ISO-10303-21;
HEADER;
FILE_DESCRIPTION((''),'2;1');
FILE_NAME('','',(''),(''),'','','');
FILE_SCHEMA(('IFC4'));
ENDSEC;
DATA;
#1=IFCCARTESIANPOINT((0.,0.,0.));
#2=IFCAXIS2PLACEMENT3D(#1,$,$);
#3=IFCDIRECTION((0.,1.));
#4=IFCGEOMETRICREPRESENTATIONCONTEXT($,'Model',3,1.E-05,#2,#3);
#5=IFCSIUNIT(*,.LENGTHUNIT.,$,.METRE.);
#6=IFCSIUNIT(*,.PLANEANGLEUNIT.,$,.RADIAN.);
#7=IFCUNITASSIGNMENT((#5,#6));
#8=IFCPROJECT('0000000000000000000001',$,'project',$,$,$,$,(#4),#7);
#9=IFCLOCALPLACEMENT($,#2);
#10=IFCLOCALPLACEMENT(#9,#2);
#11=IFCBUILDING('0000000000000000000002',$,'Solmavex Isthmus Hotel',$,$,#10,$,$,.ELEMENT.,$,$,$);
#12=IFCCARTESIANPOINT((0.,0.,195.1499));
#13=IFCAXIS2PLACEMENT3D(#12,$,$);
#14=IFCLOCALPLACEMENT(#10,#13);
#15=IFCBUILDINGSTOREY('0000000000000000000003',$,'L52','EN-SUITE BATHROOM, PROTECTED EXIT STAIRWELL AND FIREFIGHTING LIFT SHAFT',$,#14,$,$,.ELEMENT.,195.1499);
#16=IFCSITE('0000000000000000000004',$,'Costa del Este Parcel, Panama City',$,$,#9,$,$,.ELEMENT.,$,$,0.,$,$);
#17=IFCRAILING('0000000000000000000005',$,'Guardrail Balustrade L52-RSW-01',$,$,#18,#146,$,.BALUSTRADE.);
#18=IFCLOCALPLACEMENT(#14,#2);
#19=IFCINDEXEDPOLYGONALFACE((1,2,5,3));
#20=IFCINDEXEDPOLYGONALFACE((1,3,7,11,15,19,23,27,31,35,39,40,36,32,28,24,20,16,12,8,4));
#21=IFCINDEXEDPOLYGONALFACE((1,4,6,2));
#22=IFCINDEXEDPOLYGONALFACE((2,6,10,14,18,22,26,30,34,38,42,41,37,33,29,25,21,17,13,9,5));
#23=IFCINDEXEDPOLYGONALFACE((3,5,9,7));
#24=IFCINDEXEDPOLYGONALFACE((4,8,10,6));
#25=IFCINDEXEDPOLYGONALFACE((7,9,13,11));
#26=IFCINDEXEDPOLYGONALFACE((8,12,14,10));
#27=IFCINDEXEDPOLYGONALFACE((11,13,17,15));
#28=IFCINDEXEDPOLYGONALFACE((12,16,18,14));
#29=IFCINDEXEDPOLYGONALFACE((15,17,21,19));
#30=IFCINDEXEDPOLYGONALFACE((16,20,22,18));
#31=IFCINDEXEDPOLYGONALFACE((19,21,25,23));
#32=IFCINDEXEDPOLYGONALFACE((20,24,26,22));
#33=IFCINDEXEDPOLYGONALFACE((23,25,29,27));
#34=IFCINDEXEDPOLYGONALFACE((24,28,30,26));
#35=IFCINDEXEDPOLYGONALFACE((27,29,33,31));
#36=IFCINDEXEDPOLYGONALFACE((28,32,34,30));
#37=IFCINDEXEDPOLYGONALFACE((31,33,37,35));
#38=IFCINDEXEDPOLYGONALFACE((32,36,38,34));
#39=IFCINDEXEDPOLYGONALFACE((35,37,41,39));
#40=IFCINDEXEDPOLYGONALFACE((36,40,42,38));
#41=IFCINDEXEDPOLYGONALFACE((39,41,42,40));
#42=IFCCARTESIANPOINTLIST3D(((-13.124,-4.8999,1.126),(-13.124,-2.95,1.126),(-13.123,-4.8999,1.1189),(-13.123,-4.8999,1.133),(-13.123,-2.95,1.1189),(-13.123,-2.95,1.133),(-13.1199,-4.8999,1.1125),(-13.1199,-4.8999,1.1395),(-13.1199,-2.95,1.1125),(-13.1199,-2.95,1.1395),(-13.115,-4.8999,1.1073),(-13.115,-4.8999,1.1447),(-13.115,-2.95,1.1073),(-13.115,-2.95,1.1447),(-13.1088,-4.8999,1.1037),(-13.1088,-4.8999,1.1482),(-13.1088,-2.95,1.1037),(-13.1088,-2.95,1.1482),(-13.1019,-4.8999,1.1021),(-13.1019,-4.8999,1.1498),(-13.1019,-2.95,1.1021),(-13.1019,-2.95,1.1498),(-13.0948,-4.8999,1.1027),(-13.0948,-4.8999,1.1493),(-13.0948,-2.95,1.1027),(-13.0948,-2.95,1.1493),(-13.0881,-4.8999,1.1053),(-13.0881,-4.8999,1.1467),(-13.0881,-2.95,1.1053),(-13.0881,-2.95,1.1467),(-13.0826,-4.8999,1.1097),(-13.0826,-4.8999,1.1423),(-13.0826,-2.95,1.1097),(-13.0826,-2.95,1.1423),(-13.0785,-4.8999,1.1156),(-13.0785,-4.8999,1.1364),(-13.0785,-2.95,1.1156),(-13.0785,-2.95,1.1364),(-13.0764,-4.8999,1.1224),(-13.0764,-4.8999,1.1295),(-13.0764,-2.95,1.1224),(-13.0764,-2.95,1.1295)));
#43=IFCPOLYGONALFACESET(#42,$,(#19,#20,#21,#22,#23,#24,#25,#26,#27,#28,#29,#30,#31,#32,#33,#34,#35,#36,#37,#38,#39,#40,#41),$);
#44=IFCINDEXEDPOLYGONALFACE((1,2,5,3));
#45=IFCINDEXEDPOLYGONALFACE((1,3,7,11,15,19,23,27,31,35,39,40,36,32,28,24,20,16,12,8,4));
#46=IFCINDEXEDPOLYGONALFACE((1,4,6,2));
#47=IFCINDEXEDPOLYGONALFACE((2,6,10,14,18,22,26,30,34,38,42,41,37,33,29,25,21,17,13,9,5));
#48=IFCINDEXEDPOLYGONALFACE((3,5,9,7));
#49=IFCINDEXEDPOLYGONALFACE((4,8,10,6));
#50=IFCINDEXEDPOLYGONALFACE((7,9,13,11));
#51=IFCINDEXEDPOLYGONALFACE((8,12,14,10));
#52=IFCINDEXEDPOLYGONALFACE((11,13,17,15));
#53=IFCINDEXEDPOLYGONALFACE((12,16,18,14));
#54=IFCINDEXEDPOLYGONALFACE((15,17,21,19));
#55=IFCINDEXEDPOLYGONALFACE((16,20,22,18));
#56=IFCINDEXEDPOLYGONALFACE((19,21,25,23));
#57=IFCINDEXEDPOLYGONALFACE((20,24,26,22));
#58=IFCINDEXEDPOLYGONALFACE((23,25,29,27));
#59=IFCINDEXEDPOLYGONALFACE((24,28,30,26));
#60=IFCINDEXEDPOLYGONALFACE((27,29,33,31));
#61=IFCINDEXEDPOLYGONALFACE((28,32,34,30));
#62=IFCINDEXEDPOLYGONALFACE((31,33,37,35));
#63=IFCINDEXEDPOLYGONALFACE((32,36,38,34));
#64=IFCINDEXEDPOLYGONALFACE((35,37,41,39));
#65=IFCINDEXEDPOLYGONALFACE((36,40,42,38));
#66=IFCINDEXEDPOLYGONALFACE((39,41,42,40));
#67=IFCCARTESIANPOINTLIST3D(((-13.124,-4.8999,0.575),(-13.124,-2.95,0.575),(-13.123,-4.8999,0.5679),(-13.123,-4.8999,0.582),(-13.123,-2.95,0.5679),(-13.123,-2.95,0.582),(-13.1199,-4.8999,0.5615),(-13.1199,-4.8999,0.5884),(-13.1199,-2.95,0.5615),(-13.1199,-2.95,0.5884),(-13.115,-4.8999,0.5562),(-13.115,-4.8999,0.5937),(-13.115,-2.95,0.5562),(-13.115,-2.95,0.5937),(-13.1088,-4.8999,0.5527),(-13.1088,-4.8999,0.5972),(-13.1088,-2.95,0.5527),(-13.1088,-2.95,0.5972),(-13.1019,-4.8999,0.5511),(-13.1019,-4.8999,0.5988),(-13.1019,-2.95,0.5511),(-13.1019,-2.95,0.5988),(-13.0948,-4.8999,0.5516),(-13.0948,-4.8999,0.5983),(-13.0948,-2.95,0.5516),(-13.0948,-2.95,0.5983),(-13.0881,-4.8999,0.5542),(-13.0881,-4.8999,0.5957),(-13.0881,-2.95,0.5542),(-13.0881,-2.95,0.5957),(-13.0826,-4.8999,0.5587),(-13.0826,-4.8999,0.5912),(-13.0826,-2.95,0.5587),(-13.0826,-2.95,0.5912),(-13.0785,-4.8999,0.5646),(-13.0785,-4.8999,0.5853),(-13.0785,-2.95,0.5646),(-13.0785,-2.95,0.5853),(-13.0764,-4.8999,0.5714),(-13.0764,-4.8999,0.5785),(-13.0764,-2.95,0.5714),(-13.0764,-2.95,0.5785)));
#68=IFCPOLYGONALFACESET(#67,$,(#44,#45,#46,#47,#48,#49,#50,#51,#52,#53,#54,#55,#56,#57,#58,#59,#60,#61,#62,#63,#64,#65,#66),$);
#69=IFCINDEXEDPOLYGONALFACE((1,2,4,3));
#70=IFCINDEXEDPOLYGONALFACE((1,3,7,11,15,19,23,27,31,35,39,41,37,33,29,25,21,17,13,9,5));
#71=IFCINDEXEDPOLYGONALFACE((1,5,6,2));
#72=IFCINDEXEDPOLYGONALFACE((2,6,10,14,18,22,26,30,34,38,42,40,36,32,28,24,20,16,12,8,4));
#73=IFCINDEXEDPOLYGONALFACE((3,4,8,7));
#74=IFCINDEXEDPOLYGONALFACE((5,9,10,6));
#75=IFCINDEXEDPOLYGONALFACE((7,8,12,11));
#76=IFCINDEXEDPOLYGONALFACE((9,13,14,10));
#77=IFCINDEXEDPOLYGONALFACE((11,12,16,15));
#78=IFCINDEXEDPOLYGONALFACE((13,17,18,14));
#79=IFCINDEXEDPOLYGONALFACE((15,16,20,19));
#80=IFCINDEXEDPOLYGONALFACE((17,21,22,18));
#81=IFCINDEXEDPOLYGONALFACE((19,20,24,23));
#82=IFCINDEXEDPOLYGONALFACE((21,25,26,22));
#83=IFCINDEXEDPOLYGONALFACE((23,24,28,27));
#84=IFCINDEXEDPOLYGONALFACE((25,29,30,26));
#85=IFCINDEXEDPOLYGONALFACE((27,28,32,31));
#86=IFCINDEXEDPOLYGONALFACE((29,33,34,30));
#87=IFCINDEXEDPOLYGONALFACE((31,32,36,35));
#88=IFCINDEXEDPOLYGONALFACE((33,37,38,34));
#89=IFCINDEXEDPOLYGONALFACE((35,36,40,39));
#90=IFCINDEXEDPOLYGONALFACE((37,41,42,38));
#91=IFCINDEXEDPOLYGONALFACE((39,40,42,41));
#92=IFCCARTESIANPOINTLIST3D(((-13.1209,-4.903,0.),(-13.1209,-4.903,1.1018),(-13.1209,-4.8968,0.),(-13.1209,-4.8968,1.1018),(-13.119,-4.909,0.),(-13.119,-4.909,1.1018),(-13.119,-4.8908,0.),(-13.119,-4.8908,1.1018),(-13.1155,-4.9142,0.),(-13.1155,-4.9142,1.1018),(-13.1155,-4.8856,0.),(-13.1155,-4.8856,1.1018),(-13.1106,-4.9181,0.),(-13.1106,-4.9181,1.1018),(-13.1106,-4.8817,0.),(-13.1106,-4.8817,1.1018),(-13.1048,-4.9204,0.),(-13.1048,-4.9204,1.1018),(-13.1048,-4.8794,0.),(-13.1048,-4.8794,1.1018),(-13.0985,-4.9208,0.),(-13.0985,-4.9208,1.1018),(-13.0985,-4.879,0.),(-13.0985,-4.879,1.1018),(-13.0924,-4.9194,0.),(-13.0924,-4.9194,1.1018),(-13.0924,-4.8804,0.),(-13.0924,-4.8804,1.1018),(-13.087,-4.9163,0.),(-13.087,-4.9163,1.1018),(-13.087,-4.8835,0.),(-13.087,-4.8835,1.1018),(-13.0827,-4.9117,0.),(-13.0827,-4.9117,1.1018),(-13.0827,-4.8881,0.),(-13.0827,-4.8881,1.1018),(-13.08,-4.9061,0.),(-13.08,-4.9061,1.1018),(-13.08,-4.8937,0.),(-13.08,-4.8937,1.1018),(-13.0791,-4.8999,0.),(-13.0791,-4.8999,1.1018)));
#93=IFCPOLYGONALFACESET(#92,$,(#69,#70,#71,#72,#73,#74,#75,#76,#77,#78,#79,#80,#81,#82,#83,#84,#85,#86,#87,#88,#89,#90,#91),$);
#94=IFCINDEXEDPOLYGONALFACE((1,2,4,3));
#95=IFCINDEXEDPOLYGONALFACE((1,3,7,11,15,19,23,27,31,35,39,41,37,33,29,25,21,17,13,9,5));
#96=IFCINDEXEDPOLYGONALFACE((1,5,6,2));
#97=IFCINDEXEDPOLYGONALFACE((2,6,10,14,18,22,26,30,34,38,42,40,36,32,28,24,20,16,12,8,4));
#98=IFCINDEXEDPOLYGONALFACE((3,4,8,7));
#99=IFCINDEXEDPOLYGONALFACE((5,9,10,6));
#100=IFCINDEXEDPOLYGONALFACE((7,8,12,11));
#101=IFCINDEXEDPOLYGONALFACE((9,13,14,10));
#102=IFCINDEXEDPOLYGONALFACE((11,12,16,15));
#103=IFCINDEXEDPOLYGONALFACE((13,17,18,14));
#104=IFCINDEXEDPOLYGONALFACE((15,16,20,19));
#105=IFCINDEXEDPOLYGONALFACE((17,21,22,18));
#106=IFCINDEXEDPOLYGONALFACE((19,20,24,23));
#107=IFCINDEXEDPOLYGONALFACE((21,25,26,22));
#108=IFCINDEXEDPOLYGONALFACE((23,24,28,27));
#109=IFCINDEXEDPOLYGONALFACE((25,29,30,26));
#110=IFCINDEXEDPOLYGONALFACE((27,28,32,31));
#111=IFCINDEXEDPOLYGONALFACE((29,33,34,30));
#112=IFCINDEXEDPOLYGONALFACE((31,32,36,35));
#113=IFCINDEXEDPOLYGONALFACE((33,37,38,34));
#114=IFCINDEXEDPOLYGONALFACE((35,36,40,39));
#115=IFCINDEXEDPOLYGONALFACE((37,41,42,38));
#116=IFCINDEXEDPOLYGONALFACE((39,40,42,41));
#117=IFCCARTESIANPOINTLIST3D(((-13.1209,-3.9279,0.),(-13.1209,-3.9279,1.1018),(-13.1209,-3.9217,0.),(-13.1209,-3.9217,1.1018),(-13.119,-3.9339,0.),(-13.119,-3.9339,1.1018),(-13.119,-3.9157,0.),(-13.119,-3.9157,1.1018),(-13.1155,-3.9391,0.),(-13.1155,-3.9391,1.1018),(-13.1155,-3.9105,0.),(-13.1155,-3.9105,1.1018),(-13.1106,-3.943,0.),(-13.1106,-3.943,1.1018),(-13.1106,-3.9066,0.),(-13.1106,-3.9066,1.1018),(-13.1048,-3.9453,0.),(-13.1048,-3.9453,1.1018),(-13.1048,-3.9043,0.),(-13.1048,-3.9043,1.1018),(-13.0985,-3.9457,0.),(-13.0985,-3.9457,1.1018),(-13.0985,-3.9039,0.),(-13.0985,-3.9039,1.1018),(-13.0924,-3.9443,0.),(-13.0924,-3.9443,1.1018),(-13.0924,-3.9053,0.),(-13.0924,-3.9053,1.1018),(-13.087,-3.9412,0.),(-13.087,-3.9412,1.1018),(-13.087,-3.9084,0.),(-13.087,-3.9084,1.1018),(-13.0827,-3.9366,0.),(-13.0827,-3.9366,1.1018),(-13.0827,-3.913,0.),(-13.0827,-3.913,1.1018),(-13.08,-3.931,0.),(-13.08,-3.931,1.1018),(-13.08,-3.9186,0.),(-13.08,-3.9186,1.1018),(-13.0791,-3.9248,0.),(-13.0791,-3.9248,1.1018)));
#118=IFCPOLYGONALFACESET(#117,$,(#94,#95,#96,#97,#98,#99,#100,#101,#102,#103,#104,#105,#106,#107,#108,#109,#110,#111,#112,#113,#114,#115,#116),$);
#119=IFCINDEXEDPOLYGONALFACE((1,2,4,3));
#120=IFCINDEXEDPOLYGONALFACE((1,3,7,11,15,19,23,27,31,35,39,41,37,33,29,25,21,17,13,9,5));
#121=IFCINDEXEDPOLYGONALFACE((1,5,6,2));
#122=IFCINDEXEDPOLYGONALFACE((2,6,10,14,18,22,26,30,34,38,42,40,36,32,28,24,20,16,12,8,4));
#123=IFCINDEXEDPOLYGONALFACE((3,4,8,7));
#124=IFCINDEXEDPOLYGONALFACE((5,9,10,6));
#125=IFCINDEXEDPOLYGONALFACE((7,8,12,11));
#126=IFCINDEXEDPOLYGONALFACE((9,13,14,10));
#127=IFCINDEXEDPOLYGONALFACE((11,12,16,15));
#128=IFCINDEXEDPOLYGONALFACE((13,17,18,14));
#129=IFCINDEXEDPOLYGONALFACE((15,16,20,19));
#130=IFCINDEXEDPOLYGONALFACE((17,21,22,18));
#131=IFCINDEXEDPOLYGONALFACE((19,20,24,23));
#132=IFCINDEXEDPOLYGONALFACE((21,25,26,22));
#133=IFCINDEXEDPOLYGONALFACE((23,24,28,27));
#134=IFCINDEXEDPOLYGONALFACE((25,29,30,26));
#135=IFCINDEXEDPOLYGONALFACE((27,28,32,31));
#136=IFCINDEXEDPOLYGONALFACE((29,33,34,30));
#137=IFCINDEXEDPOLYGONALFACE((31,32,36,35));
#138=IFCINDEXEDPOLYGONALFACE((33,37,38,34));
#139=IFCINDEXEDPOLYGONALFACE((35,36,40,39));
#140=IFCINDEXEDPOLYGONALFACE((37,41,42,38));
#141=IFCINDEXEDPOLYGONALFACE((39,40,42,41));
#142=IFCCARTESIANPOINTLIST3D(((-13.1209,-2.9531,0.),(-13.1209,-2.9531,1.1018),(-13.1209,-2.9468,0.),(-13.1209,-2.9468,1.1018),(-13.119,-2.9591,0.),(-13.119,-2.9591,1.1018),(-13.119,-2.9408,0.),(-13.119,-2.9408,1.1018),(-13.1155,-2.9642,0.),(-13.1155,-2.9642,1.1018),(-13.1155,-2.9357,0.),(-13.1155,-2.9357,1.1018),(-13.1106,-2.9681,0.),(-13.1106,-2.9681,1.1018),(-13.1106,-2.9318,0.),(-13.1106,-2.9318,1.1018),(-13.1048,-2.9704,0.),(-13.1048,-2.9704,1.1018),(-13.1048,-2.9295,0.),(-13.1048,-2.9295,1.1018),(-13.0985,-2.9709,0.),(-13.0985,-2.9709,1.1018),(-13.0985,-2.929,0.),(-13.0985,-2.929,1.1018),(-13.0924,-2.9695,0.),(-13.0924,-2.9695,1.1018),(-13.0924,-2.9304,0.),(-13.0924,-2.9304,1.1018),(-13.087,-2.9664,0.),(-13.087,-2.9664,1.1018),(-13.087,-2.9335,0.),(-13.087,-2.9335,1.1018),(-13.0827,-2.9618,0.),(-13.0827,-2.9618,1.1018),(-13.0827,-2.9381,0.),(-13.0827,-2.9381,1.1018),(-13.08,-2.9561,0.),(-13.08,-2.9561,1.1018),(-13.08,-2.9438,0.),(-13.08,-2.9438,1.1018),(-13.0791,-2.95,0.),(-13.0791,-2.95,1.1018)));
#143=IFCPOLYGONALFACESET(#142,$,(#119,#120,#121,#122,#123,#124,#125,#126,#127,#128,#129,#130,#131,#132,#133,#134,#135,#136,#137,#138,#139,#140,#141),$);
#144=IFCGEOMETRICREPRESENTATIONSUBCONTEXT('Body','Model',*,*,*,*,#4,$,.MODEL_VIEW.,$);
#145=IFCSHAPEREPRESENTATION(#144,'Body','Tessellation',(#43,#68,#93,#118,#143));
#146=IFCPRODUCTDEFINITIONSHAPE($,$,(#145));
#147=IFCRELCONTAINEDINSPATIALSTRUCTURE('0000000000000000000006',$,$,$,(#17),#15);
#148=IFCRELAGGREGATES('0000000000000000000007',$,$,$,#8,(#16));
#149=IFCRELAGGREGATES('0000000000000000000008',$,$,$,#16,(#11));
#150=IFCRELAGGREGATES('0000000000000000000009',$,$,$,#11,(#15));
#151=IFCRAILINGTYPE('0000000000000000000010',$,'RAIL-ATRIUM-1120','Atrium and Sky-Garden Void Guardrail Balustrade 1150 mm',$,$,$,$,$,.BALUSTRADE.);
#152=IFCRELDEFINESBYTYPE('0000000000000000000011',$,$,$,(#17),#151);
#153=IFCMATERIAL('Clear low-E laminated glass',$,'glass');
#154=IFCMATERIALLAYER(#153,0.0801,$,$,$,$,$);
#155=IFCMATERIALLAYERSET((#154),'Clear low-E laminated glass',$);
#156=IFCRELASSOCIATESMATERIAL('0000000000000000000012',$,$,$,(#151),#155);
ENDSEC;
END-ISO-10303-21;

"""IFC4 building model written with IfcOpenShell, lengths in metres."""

from ifc_helpers import new_model, si_unit, direction, frame, origin, origin_2d, place, context, subcontext, project, spatial, circle, extrude, material, layer, layer_set, type_object, element, save


model = new_model("IFC4")

# Units and contexts
model_context = context("Model", 3, precision=1e-05, world=origin(), true_north=direction((0.0, 1.0)))
body_context = subcontext(model_context, "Body", "Model", "MODEL_VIEW")
ifc_project = project(units=[si_unit("LENGTHUNIT", "METRE"), si_unit("PLANEANGLEUNIT", "RADIAN")], contexts=[model_context])

# Site, building, storey
site_placement = place(None, origin())
site = spatial("IfcSite", under=ifc_project, at=site_placement, Name="Costa del Este Parcel, Panama City", CompositionType="ELEMENT", RefElevation=0.0)
building_placement = place(site_placement, origin())
building = spatial("IfcBuilding", under=site, at=building_placement, Name="Solmavex Isthmus Hotel", CompositionType="ELEMENT")
storey_placement = place(building_placement, frame((0.0, 0.0, 195.1499)))
storey = spatial("IfcBuildingStorey", under=building, at=storey_placement, Name="L52", Description="EN-SUITE BATHROOM, PROTECTED EXIT STAIRWELL AND FIREFIGHTING LIFT SHAFT", CompositionType="ELEMENT", Elevation=195.1499)

# Shared definitions
ifc_material_1 = material(Name="Clear low-E laminated glass", Category="glass")

# Railing
ifc_layer_1 = layer(ifc_material_1, 0.0801)
ifc_layer_set_1 = layer_set([ifc_layer_1], Name="Clear low-E laminated glass")
railing_type_1 = type_object("IfcRailingType", Name="RAIL-ATRIUM-1120", Description="Atrium and Sky-Garden Void Guardrail Balustrade 1150 mm", PredefinedType="BALUSTRADE", material=ifc_layer_set_1)
railing_1_placement = place(storey_placement, frame((-13.1001, -4.8999, 0.0)))
element("IfcRailing", 1, at=railing_1_placement, inside=storey, type_object=railing_type_1, Name="Guardrail Balustrade L52-RSW-01", PredefinedType="BALUSTRADE", context=body_context, shape_type="SweptSolid", body=[
    extrude(circle(Radius=0.0239, at=origin_2d()), frame((0.0, 0.0, 1.126), z_axis=(0.0, 1.0, 0.0), x_axis=(-1.0, 0.0, 0.0)), (0.0, 0.0, 1.0), 1.95),
    extrude(circle(Radius=0.0239, at=origin_2d()), frame((0.0, 0.0, 0.575), z_axis=(0.0, 1.0, 0.0), x_axis=(-1.0, 0.0, 0.0)), (0.0, 0.0, 1.0), 1.95),
    extrude(circle(Radius=0.021, at=origin_2d()), origin(), (0.0, 0.0, 1.0), 1.1018),
    extrude(circle(Radius=0.021, at=origin_2d()), frame((0.0, 0.9751, 0.0)), (0.0, 0.0, 1.0), 1.1018),
    extrude(circle(Radius=0.021, at=origin_2d()), frame((0.0, 1.95, 0.0)), (0.0, 0.0, 1.0), 1.1018),
])

save(model, "model.ifc")
